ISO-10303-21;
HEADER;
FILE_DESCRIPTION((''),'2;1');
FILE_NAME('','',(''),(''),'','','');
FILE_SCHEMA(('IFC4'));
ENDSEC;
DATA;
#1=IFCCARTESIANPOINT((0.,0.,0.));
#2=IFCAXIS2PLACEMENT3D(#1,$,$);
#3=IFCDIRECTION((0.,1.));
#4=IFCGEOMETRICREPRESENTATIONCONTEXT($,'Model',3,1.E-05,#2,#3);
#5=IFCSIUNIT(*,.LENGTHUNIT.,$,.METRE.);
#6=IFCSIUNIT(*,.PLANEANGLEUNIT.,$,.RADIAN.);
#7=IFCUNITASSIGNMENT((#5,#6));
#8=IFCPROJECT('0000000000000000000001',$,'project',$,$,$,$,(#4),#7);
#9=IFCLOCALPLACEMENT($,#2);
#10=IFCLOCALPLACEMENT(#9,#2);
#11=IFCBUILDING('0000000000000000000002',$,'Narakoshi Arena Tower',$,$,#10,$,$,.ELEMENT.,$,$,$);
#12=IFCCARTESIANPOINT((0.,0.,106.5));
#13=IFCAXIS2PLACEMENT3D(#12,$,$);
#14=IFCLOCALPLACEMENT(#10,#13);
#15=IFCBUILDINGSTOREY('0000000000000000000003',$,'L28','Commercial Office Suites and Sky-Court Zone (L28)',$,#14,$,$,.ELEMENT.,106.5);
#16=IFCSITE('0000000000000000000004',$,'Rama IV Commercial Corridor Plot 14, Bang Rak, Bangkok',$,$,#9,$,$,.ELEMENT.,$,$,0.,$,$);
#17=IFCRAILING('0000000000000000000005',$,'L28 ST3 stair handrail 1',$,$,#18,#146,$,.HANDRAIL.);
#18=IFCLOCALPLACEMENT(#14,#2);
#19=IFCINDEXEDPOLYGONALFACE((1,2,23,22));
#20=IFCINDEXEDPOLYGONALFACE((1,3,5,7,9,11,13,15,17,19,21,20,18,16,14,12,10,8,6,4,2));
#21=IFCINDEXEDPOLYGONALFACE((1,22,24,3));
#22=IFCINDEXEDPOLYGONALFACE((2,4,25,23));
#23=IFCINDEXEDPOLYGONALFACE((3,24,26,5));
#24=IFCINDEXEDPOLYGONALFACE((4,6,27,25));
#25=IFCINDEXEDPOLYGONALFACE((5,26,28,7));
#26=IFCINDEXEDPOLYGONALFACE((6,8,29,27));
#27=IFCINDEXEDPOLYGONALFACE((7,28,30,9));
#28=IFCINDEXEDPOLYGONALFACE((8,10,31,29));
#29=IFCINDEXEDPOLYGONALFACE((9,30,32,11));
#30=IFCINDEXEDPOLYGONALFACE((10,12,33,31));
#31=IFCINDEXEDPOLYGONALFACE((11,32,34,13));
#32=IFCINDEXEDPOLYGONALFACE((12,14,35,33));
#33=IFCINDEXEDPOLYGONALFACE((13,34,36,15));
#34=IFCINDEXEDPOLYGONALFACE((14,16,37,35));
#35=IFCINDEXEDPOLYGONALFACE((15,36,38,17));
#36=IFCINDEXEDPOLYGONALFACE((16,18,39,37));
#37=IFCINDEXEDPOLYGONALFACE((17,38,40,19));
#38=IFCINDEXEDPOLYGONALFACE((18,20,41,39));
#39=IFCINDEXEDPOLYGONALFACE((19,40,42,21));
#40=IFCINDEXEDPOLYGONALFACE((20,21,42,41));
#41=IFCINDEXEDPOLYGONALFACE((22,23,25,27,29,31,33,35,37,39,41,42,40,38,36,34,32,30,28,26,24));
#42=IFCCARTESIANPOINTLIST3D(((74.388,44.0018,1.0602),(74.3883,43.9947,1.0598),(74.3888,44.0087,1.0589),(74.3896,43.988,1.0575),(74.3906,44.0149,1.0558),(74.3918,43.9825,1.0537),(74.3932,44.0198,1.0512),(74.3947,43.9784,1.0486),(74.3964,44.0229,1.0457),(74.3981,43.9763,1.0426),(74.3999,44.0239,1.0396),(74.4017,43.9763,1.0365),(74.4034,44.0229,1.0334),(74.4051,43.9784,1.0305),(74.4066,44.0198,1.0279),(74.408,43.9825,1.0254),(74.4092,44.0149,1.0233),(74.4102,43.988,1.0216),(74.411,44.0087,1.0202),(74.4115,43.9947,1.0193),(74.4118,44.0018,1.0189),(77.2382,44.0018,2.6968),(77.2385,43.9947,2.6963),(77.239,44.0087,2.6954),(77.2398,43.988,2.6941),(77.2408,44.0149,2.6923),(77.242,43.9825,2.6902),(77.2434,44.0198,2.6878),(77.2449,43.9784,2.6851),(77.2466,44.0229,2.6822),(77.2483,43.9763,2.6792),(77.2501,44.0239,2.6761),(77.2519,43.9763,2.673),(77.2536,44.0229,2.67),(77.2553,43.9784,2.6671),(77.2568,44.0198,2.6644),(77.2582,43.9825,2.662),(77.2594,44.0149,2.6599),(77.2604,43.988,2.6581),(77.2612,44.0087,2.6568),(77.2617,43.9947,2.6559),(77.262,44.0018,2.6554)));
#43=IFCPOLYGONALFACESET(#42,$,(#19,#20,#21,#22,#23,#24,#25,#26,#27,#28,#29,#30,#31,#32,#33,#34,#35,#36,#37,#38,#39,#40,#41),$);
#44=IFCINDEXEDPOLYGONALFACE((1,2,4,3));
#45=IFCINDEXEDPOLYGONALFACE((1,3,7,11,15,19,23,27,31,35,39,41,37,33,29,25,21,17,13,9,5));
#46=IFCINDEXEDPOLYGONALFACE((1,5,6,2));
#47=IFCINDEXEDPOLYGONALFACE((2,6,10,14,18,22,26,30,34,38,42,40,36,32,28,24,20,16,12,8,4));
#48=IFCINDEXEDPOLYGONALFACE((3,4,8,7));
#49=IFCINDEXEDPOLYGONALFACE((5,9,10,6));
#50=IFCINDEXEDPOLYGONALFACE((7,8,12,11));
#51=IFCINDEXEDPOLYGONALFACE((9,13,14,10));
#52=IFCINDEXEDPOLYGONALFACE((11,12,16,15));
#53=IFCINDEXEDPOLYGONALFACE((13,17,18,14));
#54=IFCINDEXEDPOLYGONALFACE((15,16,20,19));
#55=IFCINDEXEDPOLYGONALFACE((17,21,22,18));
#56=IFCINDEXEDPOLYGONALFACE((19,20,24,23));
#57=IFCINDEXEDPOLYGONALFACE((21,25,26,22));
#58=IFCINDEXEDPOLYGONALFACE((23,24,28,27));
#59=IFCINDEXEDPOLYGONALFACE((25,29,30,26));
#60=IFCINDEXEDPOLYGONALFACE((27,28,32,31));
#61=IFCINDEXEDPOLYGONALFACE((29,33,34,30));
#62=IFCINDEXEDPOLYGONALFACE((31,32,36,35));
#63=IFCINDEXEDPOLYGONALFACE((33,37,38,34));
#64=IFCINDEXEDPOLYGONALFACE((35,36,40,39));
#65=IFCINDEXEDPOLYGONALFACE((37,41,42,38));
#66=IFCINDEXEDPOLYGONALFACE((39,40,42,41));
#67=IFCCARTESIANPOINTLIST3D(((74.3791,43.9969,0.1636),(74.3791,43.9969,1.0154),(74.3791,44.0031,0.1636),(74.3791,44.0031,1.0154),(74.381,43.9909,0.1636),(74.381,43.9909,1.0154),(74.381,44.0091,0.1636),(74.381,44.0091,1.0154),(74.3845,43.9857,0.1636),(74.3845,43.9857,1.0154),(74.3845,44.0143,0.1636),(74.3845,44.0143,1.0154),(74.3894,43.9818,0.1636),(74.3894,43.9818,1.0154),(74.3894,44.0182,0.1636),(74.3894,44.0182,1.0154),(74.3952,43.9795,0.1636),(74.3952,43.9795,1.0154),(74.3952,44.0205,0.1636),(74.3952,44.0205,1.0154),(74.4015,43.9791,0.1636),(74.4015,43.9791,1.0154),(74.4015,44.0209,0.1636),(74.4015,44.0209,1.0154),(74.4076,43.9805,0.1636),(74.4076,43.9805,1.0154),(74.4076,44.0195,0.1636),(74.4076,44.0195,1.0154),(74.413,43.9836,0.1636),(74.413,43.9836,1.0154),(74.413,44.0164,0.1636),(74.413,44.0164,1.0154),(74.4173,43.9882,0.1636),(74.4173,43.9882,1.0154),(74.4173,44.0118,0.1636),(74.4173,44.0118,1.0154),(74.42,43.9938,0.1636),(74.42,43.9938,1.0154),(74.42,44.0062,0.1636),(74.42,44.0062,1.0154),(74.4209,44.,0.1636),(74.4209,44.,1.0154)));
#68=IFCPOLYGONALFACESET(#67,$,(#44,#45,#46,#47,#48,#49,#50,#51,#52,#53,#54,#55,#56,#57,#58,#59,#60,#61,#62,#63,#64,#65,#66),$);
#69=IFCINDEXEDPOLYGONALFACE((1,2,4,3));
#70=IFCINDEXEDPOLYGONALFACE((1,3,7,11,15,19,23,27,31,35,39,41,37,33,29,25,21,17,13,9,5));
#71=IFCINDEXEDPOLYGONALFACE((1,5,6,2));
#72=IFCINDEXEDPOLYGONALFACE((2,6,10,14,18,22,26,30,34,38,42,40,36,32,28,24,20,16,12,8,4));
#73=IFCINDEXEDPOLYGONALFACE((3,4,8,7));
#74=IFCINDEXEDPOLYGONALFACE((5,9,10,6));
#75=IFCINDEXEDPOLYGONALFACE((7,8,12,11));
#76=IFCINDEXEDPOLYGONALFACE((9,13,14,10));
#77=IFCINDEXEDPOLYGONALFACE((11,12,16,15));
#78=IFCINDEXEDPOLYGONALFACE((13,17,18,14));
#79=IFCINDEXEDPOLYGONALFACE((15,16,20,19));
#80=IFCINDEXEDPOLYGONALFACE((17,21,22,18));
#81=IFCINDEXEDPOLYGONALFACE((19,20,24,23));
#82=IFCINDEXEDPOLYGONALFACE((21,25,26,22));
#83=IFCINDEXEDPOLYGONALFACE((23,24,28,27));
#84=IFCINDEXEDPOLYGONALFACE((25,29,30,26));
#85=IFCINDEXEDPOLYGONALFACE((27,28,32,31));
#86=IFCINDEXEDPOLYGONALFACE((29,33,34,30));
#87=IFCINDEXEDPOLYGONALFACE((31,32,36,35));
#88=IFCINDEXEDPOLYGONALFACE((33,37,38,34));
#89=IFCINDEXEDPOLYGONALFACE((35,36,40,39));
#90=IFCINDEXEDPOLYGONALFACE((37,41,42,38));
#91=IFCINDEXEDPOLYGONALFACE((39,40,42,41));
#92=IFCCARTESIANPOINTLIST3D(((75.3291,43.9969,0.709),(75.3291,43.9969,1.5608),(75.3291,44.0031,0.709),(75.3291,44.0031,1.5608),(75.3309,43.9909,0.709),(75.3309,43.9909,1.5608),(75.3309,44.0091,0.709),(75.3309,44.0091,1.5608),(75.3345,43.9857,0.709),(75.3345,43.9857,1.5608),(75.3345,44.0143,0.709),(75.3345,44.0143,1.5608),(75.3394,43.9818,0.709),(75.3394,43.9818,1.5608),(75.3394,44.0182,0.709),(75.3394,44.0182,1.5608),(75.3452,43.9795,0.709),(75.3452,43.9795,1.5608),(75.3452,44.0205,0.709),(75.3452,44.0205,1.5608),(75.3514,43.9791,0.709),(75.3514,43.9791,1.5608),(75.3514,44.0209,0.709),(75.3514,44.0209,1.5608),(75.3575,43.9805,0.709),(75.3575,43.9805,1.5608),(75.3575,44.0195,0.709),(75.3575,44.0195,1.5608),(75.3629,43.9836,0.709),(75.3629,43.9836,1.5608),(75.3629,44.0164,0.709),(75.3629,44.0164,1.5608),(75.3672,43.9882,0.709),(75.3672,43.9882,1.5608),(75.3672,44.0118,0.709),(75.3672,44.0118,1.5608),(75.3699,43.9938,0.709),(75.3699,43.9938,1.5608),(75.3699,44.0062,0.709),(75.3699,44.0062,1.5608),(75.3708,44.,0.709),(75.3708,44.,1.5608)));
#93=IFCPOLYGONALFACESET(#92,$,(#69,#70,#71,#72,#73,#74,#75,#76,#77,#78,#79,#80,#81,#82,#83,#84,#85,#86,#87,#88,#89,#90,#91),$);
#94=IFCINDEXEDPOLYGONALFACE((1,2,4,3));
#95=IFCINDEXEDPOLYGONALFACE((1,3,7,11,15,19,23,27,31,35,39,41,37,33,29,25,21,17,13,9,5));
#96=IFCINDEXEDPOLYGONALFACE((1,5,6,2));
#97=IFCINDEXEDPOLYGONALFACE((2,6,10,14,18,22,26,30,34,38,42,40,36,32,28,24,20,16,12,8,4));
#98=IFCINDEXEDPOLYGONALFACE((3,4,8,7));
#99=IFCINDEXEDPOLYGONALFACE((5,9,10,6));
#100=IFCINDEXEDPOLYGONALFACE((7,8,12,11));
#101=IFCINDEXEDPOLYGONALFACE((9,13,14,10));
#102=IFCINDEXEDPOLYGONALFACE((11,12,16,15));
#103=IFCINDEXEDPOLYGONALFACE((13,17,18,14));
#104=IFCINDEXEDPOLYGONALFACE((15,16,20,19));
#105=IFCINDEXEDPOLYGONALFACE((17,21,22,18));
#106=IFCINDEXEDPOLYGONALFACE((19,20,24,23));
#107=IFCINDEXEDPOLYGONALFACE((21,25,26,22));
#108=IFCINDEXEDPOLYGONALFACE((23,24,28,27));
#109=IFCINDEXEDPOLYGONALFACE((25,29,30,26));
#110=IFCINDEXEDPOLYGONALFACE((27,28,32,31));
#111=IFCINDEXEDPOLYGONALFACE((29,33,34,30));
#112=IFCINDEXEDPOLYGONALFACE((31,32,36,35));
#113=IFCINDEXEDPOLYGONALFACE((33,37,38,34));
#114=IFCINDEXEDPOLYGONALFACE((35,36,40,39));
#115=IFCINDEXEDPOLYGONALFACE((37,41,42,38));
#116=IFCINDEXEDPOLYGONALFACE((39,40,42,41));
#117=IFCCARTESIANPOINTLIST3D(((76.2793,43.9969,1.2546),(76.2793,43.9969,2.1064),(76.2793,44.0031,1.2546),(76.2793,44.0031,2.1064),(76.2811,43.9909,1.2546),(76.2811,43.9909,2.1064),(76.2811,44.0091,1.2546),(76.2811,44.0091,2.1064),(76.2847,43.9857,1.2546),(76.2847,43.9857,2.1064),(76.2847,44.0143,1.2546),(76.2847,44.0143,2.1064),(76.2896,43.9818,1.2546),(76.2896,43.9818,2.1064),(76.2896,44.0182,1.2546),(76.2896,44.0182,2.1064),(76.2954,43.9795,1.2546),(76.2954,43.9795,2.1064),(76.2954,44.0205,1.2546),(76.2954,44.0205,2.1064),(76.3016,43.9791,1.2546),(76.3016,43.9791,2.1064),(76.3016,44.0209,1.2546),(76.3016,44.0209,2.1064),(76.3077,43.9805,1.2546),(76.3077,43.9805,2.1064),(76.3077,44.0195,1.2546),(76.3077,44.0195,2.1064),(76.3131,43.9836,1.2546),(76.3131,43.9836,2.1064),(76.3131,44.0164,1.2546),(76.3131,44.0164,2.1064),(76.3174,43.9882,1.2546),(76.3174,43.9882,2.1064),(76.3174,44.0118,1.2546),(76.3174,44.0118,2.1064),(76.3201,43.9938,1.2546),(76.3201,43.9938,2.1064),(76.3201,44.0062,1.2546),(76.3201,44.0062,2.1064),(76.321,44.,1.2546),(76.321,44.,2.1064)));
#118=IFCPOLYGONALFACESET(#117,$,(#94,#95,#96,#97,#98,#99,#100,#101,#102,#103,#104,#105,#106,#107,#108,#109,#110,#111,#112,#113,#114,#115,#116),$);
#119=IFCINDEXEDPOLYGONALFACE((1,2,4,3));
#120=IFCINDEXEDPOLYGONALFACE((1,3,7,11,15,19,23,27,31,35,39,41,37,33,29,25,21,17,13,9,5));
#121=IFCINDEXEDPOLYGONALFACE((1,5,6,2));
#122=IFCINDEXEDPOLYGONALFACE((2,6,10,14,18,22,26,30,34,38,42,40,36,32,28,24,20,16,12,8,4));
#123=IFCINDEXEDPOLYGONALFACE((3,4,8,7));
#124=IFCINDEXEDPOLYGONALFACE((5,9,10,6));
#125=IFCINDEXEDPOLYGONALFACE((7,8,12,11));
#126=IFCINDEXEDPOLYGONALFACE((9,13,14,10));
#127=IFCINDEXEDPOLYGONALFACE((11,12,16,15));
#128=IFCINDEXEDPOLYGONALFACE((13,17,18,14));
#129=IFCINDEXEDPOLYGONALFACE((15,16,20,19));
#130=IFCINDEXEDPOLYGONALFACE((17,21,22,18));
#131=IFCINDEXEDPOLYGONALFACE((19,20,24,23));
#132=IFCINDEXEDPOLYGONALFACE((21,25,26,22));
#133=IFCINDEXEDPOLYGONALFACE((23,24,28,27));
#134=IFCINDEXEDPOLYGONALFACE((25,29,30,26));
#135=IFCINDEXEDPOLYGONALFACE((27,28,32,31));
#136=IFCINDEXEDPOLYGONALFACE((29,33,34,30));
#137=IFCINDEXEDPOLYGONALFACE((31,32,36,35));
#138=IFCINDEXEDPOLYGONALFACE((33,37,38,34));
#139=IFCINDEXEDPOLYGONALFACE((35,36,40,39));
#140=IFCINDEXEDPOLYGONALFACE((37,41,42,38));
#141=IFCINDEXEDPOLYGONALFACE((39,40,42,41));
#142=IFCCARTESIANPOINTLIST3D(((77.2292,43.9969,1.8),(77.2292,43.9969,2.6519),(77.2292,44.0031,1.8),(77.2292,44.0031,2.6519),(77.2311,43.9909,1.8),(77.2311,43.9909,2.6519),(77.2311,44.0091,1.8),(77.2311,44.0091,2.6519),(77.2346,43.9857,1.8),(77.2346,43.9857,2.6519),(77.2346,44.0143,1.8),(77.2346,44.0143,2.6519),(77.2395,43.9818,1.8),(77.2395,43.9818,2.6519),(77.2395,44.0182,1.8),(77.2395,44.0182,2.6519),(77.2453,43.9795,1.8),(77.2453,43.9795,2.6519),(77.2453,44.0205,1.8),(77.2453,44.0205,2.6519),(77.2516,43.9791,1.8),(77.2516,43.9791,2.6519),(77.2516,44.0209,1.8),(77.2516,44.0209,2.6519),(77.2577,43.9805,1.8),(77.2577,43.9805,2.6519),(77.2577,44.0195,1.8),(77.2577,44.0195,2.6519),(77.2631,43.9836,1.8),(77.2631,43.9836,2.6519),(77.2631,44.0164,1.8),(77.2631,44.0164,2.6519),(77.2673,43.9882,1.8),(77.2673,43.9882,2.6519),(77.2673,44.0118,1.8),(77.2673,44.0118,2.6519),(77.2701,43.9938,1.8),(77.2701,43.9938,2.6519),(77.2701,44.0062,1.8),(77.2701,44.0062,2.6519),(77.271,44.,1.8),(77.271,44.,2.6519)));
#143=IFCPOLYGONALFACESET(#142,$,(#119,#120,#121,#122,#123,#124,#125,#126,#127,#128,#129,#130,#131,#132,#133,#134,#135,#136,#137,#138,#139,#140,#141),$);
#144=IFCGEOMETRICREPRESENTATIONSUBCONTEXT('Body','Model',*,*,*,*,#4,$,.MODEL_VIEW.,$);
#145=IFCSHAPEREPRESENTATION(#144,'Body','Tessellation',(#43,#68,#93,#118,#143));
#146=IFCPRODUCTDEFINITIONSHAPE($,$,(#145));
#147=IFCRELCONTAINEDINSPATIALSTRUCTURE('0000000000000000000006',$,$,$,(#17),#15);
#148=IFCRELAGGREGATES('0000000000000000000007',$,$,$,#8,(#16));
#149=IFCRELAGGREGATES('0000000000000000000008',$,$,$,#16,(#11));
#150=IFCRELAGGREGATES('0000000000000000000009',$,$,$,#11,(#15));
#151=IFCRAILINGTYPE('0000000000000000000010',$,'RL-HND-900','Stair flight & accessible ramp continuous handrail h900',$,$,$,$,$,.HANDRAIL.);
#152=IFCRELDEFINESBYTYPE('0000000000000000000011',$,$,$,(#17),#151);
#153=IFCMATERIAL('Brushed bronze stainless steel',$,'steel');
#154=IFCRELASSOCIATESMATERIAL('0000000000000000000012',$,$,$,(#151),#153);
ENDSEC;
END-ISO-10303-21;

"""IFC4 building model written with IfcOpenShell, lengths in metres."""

from ifc_helpers import new_model, si_unit, direction, frame, origin, origin_2d, place, context, subcontext, project, spatial, circle, extrude, material, type_object, element, save


model = new_model("IFC4")

# Units and contexts
model_context = context("Model", 3, precision=1e-05, world=origin(), true_north=direction((0.0, 1.0)))
body_context = subcontext(model_context, "Body", "Model", "MODEL_VIEW")
ifc_project = project(units=[si_unit("LENGTHUNIT", "METRE"), si_unit("PLANEANGLEUNIT", "RADIAN")], contexts=[model_context])

# Site, building, storey
site_placement = place(None, origin())
site = spatial("IfcSite", under=ifc_project, at=site_placement, Name="Rama IV Commercial Corridor Plot 14, Bang Rak, Bangkok", CompositionType="ELEMENT", RefElevation=0.0)
building_placement = place(site_placement, origin())
building = spatial("IfcBuilding", under=site, at=building_placement, Name="Narakoshi Arena Tower", CompositionType="ELEMENT")
storey_placement = place(building_placement, frame((0.0, 0.0, 106.5)))
storey = spatial("IfcBuildingStorey", under=building, at=storey_placement, Name="L28", Description="Commercial Office Suites and Sky-Court Zone (L28)", CompositionType="ELEMENT", Elevation=106.5)

# Railing
ifc_material_1 = material(Name="Brushed bronze stainless steel", Category="steel")
railing_type_1 = type_object("IfcRailingType", Name="RL-HND-900", Description="Stair flight & accessible ramp continuous handrail h900", PredefinedType="HANDRAIL", material=ifc_material_1)
for number, where, name in (
    (1, (74.3999, 44.0, 0.1636), "L28 ST3 stair handrail 1"),
):
    element("IfcRailing", number, at=place(storey_placement, frame(where)), inside=storey, type_object=railing_type_1, Name=name, PredefinedType="HANDRAIL", context=body_context, shape_type="SweptSolid", body=[
        extrude(circle(Radius=0.0239, at=origin_2d()), frame((0.0, 0.0, 0.876), z_axis=(0.867213, 0.0, 0.497938), x_axis=(0.0, 1.0, 0.0)), (0.0, 0.0, 1.0), 3.2866),
        extrude(circle(Radius=0.021, at=origin_2d()), origin(), (0.0, 0.0, 1.0), 0.8518),
        extrude(circle(Radius=0.021, at=origin_2d()), frame((0.95, 0.0, 0.5454)), (0.0, 0.0, 1.0), 0.8518),
        extrude(circle(Radius=0.021, at=origin_2d()), frame((1.9001, 0.0, 1.0911)), (0.0, 0.0, 1.0), 0.8518),
        extrude(circle(Radius=0.021, at=origin_2d()), frame((2.8501, 0.0, 1.6365)), (0.0, 0.0, 1.0), 0.8518),
    ])

save(model, "model.ifc")
